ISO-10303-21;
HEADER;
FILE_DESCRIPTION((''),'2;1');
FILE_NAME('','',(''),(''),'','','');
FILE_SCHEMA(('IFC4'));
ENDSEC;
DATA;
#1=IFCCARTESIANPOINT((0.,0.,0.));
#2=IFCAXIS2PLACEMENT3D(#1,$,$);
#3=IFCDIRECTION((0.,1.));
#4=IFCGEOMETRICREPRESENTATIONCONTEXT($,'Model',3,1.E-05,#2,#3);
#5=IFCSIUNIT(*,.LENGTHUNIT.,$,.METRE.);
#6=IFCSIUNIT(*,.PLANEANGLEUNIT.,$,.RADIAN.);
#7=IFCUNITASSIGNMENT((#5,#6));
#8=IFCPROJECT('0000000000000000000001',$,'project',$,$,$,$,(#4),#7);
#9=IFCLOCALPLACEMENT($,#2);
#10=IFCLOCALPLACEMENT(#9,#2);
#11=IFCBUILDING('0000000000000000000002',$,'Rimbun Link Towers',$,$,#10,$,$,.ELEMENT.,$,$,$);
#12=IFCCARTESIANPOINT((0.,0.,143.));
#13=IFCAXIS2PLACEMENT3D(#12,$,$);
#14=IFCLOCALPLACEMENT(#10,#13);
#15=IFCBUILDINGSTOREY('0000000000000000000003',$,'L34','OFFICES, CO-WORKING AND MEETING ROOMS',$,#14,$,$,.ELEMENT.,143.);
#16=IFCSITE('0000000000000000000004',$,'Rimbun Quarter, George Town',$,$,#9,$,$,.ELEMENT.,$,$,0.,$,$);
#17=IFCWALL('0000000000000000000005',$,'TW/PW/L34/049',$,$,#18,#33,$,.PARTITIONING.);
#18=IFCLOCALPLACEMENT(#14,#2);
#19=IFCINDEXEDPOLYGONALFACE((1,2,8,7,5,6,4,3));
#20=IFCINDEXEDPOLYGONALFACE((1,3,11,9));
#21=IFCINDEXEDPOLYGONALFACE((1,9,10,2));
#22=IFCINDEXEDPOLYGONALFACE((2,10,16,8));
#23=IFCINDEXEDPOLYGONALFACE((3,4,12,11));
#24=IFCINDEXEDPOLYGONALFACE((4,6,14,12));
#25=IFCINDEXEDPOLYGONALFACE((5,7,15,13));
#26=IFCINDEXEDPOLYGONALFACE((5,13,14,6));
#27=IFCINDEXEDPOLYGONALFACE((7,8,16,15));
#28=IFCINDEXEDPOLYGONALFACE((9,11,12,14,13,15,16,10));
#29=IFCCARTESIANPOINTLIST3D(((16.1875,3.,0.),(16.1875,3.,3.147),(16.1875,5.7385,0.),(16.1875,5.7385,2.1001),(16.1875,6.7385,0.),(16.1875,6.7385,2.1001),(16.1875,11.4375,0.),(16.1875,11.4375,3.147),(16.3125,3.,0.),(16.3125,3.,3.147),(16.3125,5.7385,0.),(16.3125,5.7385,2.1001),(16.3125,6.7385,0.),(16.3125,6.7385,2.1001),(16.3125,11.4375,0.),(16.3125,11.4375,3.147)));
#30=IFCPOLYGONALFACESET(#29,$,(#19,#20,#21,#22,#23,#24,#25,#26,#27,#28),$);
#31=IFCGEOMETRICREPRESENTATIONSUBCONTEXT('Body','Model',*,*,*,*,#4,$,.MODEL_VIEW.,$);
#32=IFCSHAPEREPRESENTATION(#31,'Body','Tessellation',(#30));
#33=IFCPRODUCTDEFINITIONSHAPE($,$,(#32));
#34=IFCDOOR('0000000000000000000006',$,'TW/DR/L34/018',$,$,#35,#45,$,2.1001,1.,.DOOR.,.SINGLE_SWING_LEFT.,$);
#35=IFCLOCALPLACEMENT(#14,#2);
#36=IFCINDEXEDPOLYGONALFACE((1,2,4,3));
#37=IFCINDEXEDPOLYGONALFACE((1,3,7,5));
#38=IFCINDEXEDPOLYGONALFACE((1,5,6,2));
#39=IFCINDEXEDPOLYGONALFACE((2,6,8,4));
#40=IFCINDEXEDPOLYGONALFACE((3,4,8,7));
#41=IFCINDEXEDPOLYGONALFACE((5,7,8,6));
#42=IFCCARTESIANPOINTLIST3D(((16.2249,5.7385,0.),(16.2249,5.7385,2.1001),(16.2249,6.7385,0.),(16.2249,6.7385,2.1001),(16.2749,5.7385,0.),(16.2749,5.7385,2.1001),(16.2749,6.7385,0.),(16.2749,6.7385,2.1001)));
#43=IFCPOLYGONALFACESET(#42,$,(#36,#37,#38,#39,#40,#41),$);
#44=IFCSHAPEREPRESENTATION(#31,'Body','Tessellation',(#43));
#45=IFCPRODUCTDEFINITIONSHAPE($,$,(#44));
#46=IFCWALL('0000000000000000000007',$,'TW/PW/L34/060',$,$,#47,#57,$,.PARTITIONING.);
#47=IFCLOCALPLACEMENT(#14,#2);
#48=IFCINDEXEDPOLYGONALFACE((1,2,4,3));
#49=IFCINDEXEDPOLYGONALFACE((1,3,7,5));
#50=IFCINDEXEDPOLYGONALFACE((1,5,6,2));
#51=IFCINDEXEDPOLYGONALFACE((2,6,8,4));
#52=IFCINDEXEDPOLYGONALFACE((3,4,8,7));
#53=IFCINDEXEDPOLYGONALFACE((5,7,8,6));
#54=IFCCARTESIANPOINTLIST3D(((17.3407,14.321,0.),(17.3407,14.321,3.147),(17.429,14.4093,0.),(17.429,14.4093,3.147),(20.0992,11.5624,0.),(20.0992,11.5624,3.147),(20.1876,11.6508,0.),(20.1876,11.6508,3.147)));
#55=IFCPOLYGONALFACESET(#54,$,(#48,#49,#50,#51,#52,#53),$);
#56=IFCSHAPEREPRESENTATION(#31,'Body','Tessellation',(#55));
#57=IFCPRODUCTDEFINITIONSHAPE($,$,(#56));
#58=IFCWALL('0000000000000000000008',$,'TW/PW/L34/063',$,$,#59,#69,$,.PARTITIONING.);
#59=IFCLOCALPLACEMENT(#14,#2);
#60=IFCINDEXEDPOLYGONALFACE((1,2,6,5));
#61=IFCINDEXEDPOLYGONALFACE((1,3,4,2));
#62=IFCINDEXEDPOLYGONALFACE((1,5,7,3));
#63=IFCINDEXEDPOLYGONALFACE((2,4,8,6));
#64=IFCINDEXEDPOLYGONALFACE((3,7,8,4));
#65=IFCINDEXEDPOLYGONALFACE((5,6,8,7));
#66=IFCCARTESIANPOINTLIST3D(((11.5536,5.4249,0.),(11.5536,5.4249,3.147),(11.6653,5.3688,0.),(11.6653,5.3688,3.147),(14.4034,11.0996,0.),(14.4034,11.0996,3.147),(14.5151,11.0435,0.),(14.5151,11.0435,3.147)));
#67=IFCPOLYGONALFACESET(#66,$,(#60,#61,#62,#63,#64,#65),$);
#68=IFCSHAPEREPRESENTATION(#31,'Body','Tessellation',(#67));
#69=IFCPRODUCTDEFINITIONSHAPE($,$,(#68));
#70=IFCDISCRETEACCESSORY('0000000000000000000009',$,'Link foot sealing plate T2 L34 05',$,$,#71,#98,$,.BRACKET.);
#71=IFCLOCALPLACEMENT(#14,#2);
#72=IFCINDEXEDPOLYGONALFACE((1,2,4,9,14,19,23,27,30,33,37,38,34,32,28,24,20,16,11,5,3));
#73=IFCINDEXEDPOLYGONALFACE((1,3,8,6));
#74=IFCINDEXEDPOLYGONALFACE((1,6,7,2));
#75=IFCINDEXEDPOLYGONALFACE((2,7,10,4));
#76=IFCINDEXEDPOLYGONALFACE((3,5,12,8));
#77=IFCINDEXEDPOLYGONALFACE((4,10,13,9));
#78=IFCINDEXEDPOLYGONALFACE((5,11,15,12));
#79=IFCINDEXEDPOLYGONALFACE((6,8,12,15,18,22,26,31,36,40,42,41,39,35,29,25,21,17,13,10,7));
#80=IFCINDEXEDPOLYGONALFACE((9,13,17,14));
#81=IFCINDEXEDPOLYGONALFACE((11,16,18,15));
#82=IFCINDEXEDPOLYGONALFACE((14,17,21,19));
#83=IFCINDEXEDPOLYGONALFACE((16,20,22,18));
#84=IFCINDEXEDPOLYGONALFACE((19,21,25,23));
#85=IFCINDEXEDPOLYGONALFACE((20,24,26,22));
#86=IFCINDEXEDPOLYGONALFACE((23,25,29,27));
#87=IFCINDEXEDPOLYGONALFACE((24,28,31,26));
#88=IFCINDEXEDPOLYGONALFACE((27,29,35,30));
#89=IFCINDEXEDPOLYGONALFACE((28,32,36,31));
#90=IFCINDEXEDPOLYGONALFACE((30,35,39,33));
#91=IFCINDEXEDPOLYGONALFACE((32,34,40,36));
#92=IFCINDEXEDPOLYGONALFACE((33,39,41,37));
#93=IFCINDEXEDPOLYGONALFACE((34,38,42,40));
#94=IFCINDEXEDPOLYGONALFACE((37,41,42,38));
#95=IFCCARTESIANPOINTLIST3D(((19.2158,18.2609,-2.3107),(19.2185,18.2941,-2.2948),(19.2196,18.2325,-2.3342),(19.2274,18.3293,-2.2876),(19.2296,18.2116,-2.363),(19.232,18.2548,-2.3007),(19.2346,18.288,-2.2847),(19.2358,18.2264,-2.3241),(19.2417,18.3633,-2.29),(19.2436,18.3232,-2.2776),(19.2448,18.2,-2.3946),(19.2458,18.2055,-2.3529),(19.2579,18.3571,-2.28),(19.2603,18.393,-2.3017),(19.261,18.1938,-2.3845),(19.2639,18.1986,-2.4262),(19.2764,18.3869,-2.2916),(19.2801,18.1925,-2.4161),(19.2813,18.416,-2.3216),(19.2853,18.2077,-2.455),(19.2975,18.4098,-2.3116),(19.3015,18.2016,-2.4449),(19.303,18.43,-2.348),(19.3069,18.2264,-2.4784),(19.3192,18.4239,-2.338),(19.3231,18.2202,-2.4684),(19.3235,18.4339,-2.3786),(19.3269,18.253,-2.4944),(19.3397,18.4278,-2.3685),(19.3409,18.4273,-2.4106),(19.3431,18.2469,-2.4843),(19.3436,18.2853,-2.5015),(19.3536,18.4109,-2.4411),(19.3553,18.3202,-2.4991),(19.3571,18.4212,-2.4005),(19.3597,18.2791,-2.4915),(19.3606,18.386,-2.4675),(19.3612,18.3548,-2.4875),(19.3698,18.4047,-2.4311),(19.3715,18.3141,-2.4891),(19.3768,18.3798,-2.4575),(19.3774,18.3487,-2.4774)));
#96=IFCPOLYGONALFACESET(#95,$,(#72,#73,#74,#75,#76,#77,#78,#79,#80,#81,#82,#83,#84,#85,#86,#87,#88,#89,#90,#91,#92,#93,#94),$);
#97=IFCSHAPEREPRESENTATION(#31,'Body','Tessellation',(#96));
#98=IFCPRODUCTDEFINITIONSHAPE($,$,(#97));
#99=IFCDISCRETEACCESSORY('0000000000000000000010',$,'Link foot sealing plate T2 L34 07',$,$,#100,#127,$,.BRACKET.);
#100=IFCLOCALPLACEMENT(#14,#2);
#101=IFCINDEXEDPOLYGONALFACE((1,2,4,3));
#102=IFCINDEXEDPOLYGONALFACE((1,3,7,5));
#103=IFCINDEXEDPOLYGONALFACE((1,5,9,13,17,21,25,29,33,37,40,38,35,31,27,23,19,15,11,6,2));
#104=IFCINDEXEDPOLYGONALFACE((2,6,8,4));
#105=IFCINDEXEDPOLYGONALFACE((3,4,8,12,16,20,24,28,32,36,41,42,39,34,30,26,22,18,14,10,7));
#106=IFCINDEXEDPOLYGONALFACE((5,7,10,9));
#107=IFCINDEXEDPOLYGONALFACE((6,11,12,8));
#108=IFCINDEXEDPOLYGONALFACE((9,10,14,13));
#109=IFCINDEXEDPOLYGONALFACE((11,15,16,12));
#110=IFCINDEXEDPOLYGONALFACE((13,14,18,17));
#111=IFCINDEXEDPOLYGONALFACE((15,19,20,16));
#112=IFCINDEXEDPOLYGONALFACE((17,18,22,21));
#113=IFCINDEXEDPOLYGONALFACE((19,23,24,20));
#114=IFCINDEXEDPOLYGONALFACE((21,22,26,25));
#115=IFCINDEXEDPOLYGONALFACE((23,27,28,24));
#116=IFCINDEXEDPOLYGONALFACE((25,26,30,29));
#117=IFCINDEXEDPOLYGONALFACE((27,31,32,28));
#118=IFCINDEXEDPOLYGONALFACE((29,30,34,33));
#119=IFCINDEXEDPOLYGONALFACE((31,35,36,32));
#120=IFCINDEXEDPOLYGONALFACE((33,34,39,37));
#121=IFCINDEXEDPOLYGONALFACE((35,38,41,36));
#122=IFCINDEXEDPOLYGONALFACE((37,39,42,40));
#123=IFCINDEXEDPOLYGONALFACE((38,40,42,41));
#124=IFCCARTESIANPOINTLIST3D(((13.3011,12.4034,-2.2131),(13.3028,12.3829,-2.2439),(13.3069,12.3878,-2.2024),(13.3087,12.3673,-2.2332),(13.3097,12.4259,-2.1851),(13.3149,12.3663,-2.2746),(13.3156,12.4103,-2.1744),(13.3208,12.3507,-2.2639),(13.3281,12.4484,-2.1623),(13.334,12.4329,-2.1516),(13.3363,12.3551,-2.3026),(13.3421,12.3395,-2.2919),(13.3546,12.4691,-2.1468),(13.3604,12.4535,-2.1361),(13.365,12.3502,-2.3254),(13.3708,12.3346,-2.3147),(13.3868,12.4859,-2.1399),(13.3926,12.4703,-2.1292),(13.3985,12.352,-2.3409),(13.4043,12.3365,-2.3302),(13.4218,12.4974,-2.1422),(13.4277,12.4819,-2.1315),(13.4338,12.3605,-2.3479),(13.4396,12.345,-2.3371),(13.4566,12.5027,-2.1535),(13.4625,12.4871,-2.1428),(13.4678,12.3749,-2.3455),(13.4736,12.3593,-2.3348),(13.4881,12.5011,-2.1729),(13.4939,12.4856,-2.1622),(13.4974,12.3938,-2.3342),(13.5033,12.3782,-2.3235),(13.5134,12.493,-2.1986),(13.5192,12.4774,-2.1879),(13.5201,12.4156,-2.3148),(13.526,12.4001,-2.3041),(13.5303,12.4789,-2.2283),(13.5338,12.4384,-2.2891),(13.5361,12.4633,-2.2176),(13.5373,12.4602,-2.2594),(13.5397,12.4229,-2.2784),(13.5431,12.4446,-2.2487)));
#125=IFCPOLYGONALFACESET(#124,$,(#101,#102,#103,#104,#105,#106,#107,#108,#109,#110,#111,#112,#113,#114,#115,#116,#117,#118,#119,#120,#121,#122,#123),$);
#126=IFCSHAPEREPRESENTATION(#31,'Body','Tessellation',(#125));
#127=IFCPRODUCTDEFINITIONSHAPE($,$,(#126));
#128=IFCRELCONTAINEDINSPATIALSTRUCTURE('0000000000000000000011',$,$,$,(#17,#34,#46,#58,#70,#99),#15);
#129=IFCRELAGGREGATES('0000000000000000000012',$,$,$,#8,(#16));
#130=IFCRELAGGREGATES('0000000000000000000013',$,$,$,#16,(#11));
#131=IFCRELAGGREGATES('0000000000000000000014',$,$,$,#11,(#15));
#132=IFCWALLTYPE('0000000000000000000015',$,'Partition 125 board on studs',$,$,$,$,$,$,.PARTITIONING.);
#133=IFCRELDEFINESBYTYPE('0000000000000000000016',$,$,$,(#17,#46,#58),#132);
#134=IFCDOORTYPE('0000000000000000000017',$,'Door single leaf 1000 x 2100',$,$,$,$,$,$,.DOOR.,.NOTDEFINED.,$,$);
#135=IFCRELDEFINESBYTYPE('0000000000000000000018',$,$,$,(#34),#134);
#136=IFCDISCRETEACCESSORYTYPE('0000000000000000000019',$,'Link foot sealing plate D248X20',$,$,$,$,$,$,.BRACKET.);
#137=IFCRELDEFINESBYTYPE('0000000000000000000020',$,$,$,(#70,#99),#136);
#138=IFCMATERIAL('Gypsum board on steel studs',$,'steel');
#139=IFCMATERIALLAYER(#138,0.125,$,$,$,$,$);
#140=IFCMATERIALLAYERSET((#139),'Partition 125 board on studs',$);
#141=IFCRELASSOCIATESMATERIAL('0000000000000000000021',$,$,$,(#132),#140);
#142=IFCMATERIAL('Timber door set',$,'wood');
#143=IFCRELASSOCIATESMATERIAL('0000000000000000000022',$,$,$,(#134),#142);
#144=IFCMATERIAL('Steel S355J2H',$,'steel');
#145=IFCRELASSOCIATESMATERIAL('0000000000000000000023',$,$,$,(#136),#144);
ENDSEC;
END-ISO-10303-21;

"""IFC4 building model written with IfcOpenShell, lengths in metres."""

from ifc_helpers import new_model, si_unit, direction, frame, frame_2d, origin, origin_2d, place, context, subcontext, project, spatial, rectangle, circle, extrude, material, layer, layer_set, material_profile, profile_set, type_object, element, fill, save


model = new_model("IFC4")

# Units and contexts
model_context = context("Model", 3, precision=1e-05, world=origin(), true_north=direction((0.0, 1.0)))
body_context = subcontext(model_context, "Body", "Model", "MODEL_VIEW")
ifc_project = project(units=[si_unit("LENGTHUNIT", "METRE"), si_unit("PLANEANGLEUNIT", "RADIAN")], contexts=[model_context])

# Site, building, storey
site_placement = place(None, origin())
site = spatial("IfcSite", under=ifc_project, at=site_placement, Name="Rimbun Quarter, George Town", CompositionType="ELEMENT", RefElevation=0.0)
building_placement = place(site_placement, origin())
building = spatial("IfcBuilding", under=site, at=building_placement, Name="Rimbun Link Towers", CompositionType="ELEMENT")
storey_placement = place(building_placement, frame((0.0, 0.0, 143.0)))
storey = spatial("IfcBuildingStorey", under=building, at=storey_placement, Name="L34", Description="OFFICES, CO-WORKING AND MEETING ROOMS", CompositionType="ELEMENT", Elevation=143.0)

# Wall, opening, door
ifc_material_1 = material(Name="Gypsum board on steel studs", Category="steel")
ifc_layer_1 = layer(ifc_material_1, 0.125)
ifc_layer_set_1 = layer_set([ifc_layer_1], Name="Partition 125 board on studs")
wall_type = type_object("IfcWallType", Name="Partition 125 board on studs", PredefinedType="PARTITIONING", material=ifc_layer_set_1)
wall_1_placement = place(storey_placement, frame((16.25, 11.4375, 0.0), z_axis=(0.0, 0.0, 1.0), x_axis=(0.0, -1.0, 0.0)))
wall_1 = element("IfcWall", 1, at=wall_1_placement, inside=storey, type_object=wall_type, Name="TW/PW/L34/049", PredefinedType="PARTITIONING", context=body_context, shape_type="SweptSolid", body=[
    extrude(rectangle(XDim=8.4375, YDim=0.125, at=frame_2d((4.2188, 0.0))), origin(), (0.0, 0.0, 1.0), 3.147),
])
opening_placement = place(wall_1_placement, frame((4.699, 0.0, 0.0)))
opening = element("IfcOpeningElement", 2, at=opening_placement, cuts=wall_1, PredefinedType="OPENING", context=body_context, shape_type="SweptSolid", body=[
    extrude(rectangle(XDim=1.0, YDim=2.1001, at=frame_2d((0.5, 1.05))), frame((0.0, 0.0725, 0.0), z_axis=(0.0, -1.0, 0.0), x_axis=(1.0, 0.0, 0.0)), (0.0, 0.0, 1.0), 0.145),
])
ifc_material_2 = material(Name="Timber door set", Category="wood")
door_type = type_object("IfcDoorType", Name="Door single leaf 1000 x 2100", OperationType="NOTDEFINED", PredefinedType="DOOR", material=ifc_material_2)
door_placement = place(opening_placement, origin())
door = element("IfcDoor", 3, at=door_placement, inside=storey, type_object=door_type, Name="TW/DR/L34/018", OperationType="SINGLE_SWING_LEFT", OverallHeight=2.1001, OverallWidth=1.0, PredefinedType="DOOR", context=body_context, shape_type="SweptSolid", body=[
    extrude(rectangle(XDim=1.0, YDim=2.1001, at=frame_2d((0.5, 1.05))), frame((0.0, 0.0249, 0.0), z_axis=(0.0, -1.0, 0.0), x_axis=(1.0, 0.0, 0.0)), (0.0, 0.0, 1.0), 0.05),
])
fill(opening, door)

# Walls
wall_2_placement = place(storey_placement, frame((17.3848, 14.3652, 0.0), z_axis=(0.0, 0.0, 1.0), x_axis=(0.707107, -0.707107, 0.0)))
element("IfcWall", 4, at=wall_2_placement, inside=storey, type_object=wall_type, Name="TW/PW/L34/060", PredefinedType="PARTITIONING", context=body_context, shape_type="SweptSolid", body=[
    extrude(rectangle(XDim=3.9011, YDim=0.125, at=frame_2d((1.9507, 0.0))), origin(), (0.0, 0.0, 1.0), 3.147),
])
wall_3_placement = place(storey_placement, frame((14.4592, 11.0715, 0.0), z_axis=(0.0, 0.0, 1.0), x_axis=(-0.448782, -0.893642, 0.0)))
element("IfcWall", 5, at=wall_3_placement, inside=storey, type_object=wall_type, Name="TW/PW/L34/063", PredefinedType="PARTITIONING", context=body_context, shape_type="SweptSolid", body=[
    extrude(rectangle(XDim=6.3501, YDim=0.125, at=frame_2d((3.175, 0.0))), origin(), (0.0, 0.0, 1.0), 3.147),
])

# Discrete accessories
ifc_material_3 = material(Name="Steel S355J2H", Category="steel")
ifc_material_profile_1 = material_profile(ifc_material_3, circle(Radius=0.124, at=origin_2d()), Name="PL D248")
ifc_profile_set_1 = profile_set([ifc_material_profile_1], Name="Steel S355J2H")
discrete_accessory_type = type_object("IfcDiscreteAccessoryType", Name="Link foot sealing plate D248X20", PredefinedType="BRACKET", material=ifc_profile_set_1)
discrete_accessory_1_placement = place(storey_placement, frame((19.3049, 18.3098, -2.3845), z_axis=(-0.808615, 0.306293, -0.502321), x_axis=(-0.354227, -0.935159, 0.0)))
element("IfcDiscreteAccessory", 6, at=discrete_accessory_1_placement, inside=storey, type_object=discrete_accessory_type, Name="Link foot sealing plate T2 L34 05", PredefinedType="BRACKET", context=body_context, shape_type="SweptSolid", body=[
    extrude(circle(Radius=0.124, at=origin_2d()), origin(), (0.0, 0.0, 1.0), 0.02),
])
discrete_accessory_2_placement = place(storey_placement, frame((13.4248, 12.4109, -2.2332), z_axis=(-0.295241, 0.787309, -0.541275), x_axis=(-0.936329, -0.351123, 0.0)))
element("IfcDiscreteAccessory", 7, at=discrete_accessory_2_placement, inside=storey, type_object=discrete_accessory_type, Name="Link foot sealing plate T2 L34 07", PredefinedType="BRACKET", context=body_context, shape_type="SweptSolid", body=[
    extrude(circle(Radius=0.124, at=origin_2d()), origin(), (0.0, 0.0, 1.0), 0.0198),
])

save(model, "model.ifc")
